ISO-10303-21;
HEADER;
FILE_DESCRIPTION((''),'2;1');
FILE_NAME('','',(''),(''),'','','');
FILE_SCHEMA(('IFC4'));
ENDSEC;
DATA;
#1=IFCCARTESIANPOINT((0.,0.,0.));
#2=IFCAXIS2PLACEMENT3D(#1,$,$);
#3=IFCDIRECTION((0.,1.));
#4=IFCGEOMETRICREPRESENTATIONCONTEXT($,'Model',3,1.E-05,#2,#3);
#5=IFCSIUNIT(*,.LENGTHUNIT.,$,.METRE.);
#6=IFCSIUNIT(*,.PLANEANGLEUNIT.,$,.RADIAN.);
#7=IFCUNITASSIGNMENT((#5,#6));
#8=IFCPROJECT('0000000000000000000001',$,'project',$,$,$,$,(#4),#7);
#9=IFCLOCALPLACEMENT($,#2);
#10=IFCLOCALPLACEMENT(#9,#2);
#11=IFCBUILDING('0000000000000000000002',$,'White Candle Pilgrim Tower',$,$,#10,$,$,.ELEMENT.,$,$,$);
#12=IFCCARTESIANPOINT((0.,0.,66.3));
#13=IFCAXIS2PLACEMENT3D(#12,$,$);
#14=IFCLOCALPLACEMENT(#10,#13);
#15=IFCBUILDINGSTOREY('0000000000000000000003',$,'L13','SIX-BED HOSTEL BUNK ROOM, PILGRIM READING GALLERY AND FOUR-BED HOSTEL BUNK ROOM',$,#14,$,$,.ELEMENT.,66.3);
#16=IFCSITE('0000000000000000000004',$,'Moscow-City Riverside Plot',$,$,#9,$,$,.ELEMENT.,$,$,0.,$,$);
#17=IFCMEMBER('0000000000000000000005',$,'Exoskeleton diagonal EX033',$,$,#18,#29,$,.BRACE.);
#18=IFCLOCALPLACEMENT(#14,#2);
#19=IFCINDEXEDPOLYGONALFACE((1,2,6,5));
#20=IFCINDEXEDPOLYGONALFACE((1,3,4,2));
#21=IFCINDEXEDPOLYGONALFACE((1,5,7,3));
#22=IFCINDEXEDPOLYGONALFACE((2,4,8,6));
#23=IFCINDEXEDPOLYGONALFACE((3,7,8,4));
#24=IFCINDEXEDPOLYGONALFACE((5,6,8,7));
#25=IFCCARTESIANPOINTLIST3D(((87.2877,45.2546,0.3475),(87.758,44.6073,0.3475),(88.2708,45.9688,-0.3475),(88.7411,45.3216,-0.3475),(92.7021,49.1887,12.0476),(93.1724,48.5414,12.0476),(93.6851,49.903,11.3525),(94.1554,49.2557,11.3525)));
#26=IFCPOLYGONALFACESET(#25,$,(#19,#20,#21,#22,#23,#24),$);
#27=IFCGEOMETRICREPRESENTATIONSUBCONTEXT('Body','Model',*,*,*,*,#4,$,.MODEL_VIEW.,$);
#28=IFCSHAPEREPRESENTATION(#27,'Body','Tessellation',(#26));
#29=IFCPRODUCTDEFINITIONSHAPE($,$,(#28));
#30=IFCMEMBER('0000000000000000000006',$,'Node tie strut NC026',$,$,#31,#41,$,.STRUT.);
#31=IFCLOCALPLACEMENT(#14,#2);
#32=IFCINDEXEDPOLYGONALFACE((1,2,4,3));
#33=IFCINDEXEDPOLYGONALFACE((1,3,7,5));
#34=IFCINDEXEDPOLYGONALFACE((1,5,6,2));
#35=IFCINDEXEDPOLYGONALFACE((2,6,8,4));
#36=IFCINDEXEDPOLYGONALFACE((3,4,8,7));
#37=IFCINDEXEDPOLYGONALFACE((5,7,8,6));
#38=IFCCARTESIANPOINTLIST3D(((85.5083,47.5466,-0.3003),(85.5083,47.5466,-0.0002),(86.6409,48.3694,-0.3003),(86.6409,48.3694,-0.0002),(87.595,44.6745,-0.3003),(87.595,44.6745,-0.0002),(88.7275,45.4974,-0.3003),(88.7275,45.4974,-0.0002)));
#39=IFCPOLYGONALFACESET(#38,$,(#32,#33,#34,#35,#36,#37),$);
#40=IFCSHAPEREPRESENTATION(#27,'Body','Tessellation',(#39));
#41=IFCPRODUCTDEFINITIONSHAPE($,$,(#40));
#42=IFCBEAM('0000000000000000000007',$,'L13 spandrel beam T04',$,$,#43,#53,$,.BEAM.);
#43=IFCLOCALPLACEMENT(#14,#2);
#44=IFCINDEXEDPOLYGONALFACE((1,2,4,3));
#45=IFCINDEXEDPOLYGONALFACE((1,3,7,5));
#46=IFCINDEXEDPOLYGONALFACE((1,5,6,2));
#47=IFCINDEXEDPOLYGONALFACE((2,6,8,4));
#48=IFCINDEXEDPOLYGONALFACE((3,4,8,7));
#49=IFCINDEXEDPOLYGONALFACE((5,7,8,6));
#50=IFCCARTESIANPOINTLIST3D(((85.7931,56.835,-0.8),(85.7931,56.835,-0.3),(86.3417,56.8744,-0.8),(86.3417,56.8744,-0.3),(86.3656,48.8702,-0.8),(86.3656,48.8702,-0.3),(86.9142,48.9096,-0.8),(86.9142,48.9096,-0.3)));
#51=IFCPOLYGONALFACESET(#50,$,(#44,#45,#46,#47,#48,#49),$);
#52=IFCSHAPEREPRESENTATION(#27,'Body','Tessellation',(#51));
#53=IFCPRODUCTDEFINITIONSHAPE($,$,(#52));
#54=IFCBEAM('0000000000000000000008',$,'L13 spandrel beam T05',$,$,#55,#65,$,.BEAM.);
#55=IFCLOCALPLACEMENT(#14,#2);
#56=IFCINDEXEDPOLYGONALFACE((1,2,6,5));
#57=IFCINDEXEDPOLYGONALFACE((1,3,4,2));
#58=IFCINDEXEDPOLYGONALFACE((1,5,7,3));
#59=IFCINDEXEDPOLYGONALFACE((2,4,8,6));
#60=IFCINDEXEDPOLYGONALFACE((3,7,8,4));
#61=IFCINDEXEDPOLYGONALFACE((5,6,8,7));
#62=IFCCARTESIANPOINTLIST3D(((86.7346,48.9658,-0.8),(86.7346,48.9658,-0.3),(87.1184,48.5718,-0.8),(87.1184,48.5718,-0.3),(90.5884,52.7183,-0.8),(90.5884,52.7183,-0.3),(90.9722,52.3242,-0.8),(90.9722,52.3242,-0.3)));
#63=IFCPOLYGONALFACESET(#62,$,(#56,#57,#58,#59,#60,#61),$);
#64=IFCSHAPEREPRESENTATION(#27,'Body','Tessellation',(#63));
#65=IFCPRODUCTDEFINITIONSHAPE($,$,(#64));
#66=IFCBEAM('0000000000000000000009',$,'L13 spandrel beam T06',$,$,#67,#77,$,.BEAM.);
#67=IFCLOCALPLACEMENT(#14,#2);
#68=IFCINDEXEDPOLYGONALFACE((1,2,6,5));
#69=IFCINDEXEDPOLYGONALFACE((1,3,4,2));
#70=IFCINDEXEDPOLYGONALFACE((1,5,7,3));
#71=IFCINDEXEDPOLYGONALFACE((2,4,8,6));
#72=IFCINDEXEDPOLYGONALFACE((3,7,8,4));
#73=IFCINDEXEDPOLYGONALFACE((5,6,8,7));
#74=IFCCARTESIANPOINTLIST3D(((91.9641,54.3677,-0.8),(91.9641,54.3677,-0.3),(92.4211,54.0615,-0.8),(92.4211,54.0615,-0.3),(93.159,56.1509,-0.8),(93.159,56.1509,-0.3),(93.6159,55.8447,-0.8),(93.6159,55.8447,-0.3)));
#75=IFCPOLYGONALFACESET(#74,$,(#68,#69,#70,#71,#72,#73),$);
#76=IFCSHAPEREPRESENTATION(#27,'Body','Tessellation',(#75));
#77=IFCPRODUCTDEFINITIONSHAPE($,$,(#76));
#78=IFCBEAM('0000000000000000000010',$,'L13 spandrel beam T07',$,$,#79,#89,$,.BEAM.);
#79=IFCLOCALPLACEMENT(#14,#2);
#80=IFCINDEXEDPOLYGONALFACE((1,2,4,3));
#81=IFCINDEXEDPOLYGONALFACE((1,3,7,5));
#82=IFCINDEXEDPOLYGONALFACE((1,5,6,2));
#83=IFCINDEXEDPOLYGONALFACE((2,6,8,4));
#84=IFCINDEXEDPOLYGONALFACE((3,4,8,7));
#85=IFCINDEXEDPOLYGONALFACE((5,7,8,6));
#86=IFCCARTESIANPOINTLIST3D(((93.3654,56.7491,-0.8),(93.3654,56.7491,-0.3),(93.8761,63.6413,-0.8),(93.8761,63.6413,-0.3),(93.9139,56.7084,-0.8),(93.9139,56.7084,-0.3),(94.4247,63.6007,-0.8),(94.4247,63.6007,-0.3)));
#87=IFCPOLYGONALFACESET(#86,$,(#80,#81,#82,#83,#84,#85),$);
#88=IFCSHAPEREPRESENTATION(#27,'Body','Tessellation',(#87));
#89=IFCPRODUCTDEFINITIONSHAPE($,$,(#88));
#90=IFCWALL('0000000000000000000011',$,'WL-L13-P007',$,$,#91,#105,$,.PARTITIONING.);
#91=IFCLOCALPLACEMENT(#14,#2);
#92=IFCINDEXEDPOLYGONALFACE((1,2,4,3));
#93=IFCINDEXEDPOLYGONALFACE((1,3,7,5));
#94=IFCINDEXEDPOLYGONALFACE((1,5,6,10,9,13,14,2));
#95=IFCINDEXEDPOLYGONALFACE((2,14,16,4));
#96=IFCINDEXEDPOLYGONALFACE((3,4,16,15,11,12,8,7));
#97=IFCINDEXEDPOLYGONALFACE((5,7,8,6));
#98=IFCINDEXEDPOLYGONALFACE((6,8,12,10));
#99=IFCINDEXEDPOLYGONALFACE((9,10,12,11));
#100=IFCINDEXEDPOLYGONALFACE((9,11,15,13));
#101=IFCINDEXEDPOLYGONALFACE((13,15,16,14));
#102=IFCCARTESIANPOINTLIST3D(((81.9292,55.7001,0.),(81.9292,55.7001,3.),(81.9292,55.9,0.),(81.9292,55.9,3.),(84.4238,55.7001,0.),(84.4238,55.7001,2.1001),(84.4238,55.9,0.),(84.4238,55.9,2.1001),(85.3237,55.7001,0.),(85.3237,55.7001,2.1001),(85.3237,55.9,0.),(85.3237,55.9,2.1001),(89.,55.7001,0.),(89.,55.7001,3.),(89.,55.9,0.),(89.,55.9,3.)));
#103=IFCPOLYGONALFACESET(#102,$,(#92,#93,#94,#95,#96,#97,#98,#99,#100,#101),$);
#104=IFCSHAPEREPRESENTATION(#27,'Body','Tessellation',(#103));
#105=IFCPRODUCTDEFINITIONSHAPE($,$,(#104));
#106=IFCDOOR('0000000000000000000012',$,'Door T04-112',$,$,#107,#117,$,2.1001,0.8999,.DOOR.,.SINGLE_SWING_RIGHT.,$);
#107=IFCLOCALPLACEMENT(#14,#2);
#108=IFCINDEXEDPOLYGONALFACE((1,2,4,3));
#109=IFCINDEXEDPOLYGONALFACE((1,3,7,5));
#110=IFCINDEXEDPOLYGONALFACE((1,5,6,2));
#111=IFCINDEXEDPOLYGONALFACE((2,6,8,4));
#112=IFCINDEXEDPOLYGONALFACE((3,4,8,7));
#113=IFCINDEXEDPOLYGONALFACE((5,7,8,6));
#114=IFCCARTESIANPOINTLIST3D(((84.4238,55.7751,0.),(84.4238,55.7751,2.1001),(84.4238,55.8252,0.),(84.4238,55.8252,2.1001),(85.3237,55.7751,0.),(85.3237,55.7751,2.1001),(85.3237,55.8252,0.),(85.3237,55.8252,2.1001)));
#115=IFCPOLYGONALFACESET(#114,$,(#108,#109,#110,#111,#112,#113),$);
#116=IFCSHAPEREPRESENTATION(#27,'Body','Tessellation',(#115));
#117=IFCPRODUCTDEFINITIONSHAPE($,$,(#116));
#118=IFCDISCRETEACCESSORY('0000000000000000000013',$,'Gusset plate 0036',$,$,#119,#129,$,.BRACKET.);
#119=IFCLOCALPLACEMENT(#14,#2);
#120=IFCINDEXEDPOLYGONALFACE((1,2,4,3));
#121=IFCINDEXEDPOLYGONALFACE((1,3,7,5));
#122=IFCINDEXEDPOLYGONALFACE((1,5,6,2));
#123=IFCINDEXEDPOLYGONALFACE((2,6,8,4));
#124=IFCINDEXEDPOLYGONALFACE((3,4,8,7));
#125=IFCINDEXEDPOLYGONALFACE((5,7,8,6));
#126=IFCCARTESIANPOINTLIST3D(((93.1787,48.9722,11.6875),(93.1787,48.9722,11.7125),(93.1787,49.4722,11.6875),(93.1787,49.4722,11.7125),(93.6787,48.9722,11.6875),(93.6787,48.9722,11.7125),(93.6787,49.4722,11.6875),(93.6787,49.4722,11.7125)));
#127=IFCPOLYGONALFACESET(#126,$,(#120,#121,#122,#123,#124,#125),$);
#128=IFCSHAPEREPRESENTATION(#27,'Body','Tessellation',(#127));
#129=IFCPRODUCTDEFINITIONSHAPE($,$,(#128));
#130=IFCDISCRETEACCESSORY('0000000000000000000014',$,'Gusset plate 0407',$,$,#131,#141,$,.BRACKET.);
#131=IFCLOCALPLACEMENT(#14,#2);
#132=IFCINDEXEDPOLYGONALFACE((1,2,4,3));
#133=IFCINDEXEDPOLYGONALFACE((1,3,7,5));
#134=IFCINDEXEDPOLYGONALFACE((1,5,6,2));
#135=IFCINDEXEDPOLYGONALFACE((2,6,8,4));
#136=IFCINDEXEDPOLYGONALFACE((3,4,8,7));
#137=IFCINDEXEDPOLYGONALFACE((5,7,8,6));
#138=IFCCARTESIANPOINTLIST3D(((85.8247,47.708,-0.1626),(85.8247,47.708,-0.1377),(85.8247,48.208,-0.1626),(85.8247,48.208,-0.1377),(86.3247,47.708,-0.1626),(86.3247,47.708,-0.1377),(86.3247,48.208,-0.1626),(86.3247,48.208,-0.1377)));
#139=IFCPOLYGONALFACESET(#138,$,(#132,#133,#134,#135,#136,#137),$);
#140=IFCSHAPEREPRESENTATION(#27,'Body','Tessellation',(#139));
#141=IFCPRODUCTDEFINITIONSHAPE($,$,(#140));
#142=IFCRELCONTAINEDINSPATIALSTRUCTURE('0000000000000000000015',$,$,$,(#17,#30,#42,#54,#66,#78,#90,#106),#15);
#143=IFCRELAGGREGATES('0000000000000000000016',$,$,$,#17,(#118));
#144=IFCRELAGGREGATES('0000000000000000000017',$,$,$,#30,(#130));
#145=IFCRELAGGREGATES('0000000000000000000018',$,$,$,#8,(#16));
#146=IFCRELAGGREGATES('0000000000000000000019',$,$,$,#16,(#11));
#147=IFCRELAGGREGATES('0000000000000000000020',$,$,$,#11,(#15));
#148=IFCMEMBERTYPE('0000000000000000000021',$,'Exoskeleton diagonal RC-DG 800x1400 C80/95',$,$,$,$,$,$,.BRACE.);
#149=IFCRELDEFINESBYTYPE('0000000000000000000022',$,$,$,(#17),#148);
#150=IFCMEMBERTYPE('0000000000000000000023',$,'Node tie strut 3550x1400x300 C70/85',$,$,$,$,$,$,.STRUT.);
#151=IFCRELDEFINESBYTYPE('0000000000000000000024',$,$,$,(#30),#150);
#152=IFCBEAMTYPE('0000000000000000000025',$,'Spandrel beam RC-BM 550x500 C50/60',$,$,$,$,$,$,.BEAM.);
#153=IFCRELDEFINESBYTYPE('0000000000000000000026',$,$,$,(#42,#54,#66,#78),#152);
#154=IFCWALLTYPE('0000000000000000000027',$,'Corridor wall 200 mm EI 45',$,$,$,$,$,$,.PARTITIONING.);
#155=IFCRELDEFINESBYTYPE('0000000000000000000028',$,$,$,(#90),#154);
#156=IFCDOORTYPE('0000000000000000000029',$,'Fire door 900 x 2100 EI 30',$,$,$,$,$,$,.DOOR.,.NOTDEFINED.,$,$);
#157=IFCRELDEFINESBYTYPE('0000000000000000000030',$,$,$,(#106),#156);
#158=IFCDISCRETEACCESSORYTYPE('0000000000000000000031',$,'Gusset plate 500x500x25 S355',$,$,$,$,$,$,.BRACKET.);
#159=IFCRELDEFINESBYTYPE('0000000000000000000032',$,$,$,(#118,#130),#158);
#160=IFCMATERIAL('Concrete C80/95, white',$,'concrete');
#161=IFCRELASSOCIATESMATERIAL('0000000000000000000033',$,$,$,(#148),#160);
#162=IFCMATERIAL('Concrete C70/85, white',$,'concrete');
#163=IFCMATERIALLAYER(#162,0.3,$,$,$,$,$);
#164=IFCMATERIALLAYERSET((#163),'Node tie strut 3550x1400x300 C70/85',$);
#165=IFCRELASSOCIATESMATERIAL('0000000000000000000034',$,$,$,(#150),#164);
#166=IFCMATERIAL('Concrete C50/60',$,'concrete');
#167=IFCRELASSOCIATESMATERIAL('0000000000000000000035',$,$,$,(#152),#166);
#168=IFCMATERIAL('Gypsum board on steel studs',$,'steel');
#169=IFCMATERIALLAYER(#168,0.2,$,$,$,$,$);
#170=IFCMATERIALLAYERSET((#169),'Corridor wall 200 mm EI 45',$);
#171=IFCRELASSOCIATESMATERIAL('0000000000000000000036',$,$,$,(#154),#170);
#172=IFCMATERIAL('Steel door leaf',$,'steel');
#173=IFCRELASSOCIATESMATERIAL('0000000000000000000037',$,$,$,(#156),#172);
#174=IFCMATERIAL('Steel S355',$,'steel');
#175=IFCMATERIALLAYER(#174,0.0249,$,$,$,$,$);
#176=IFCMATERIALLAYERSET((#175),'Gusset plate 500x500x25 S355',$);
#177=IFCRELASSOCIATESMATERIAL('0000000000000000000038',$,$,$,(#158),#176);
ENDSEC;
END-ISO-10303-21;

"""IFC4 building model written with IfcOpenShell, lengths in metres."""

from ifc_helpers import new_model, si_unit, direction, frame, frame_2d, origin, origin_2d, place, context, subcontext, project, spatial, rectangle, extrude, material, layer, layer_set, material_profile, profile_set, type_object, element, fill, aggregate, save


model = new_model("IFC4")

# Units and contexts
model_context = context("Model", 3, precision=1e-05, world=origin(), true_north=direction((0.0, 1.0)))
body_context = subcontext(model_context, "Body", "Model", "MODEL_VIEW")
ifc_project = project(units=[si_unit("LENGTHUNIT", "METRE"), si_unit("PLANEANGLEUNIT", "RADIAN")], contexts=[model_context])

# Site, building, storey
site_placement = place(None, origin())
site = spatial("IfcSite", under=ifc_project, at=site_placement, Name="Moscow-City Riverside Plot", CompositionType="ELEMENT", RefElevation=0.0)
building_placement = place(site_placement, origin())
building = spatial("IfcBuilding", under=site, at=building_placement, Name="White Candle Pilgrim Tower", CompositionType="ELEMENT")
storey_placement = place(building_placement, frame((0.0, 0.0, 66.3)))
storey = spatial("IfcBuildingStorey", under=building, at=storey_placement, Name="L13", Description="SIX-BED HOSTEL BUNK ROOM, PILGRIM READING GALLERY AND FOUR-BED HOSTEL BUNK ROOM", CompositionType="ELEMENT", Elevation=66.3)

# Members
ifc_material_1 = material(Name="Concrete C80/95, white", Category="concrete")
ifc_material_profile_1 = material_profile(ifc_material_1, rectangle(XDim=0.8, YDim=1.3999, at=origin_2d()), Name="RC-DG 800x1400")
ifc_profile_set_1 = profile_set([ifc_material_profile_1], Name="Concrete C80/95, white")
member_type_1 = type_object("IfcMemberType", Name="Exoskeleton diagonal RC-DG 800x1400 C80/95", PredefinedType="BRACE", material=ifc_profile_set_1)
member_1_placement = place(storey_placement, frame((88.0144, 45.2881, 0.0), z_axis=(0.401688, 0.29187, 0.86802), x_axis=(-0.58782, 0.808992, 0.0)))
member_1 = element("IfcMember", 1, at=member_1_placement, inside=storey, type_object=member_type_1, Name="Exoskeleton diagonal EX033", PredefinedType="BRACE", context=body_context, shape_type="SweptSolid", body=[
    extrude(rectangle(XDim=0.8, YDim=1.3999, at=origin_2d()), origin(), (0.0, 0.0, 1.0), 13.479),
])
ifc_material_2 = material(Name="Concrete C70/85, white", Category="concrete")
ifc_layer_1 = layer(ifc_material_2, 0.3)
ifc_layer_set_1 = layer_set([ifc_layer_1], Name="Node tie strut 3550x1400x300 C70/85")
member_type_2 = type_object("IfcMemberType", Name="Node tie strut 3550x1400x300 C70/85", PredefinedType="STRUT", material=ifc_layer_set_1)
member_2_placement = place(storey_placement, frame((87.1179, 46.522, -0.3003), z_axis=(0.0, 0.0, 1.0), x_axis=(0.809017, 0.587785, 0.0)))
member_2 = element("IfcMember", 2, at=member_2_placement, inside=storey, type_object=member_type_2, Name="Node tie strut NC026", PredefinedType="STRUT", context=body_context, shape_type="SweptSolid", body=[
    extrude(rectangle(XDim=1.3999, YDim=3.55, at=origin_2d()), origin(), (0.0, 0.0, 1.0), 0.3),
])

# Beams
ifc_material_3 = material(Name="Concrete C50/60", Category="concrete")
ifc_material_profile_2 = material_profile(ifc_material_3, rectangle(XDim=0.55, YDim=0.5, at=origin_2d()), Name="RC-BM 550x500")
ifc_profile_set_2 = profile_set([ifc_material_profile_2], Name="Concrete C50/60")
beam_type = type_object("IfcBeamType", Name="Spandrel beam RC-BM 550x500 C50/60", PredefinedType="BEAM", material=ifc_profile_set_2)
beam_1_placement = place(storey_placement, frame((86.6399, 48.8899, -0.55), z_axis=(-0.071695, 0.997427, 0.0), x_axis=(-0.997427, -0.071695, 0.0)))
element("IfcBeam", 3, at=beam_1_placement, inside=storey, type_object=beam_type, Name="L13 spandrel beam T04", PredefinedType="BEAM", context=body_context, shape_type="SweptSolid", body=[
    extrude(rectangle(XDim=0.55, YDim=0.5, at=origin_2d()), origin(), (0.0, 0.0, 1.0), 7.9854),
])
beam_2_placement = place(storey_placement, frame((86.9265, 48.7688, -0.55), z_axis=(0.716462, 0.697626, 0.0), x_axis=(-0.697626, 0.716462, 0.0)))
element("IfcBeam", 4, at=beam_2_placement, inside=storey, type_object=beam_type, Name="L13 spandrel beam T05", PredefinedType="BEAM", context=body_context, shape_type="SweptSolid", body=[
    extrude(rectangle(XDim=0.55, YDim=0.5, at=origin_2d()), origin(), (0.0, 0.0, 1.0), 5.3789),
])
beam_3_placement = place(storey_placement, frame((92.1926, 54.2146, -0.55), z_axis=(0.556641, 0.830753, 0.0), x_axis=(-0.830753, 0.556641, 0.0)))
element("IfcBeam", 5, at=beam_3_placement, inside=storey, type_object=beam_type, Name="L13 spandrel beam T06", PredefinedType="BEAM", context=body_context, shape_type="SweptSolid", body=[
    extrude(rectangle(XDim=0.55, YDim=0.5, at=origin_2d()), origin(), (0.0, 0.0, 1.0), 2.1465),
])
beam_4_placement = place(storey_placement, frame((93.6396, 56.7288, -0.55), z_axis=(0.0739, 0.997266, 0.0), x_axis=(-0.997266, 0.0739, 0.0)))
element("IfcBeam", 6, at=beam_4_placement, inside=storey, type_object=beam_type, Name="L13 spandrel beam T07", PredefinedType="BEAM", context=body_context, shape_type="SweptSolid", body=[
    extrude(rectangle(XDim=0.55, YDim=0.5, at=origin_2d()), origin(), (0.0, 0.0, 1.0), 6.9111),
])

# Wall, opening, door
ifc_material_4 = material(Name="Gypsum board on steel studs", Category="steel")
ifc_layer_2 = layer(ifc_material_4, 0.2)
ifc_layer_set_2 = layer_set([ifc_layer_2], Name="Corridor wall 200 mm EI 45")
wall_type_1 = type_object("IfcWallType", Name="Corridor wall 200 mm EI 45", PredefinedType="PARTITIONING", material=ifc_layer_set_2)
wall_1_placement = place(storey_placement, frame((89.0, 55.8, 0.0), z_axis=(0.0, 0.0, 1.0), x_axis=(-1.0, 0.0, 0.0)))
wall_1 = element("IfcWall", 7, at=wall_1_placement, inside=storey, type_object=wall_type_1, Name="WL-L13-P007", PredefinedType="PARTITIONING", context=body_context, shape_type="SweptSolid", body=[
    extrude(rectangle(XDim=7.0708, YDim=0.2, at=frame_2d((3.5354, 0.0))), origin(), (0.0, 0.0, 1.0), 3.0),
])
opening_1_placement = place(wall_1_placement, frame((3.6763, 0.0, 0.0)))
opening_1 = element("IfcOpeningElement", 8, at=opening_1_placement, cuts=wall_1, PredefinedType="OPENING", context=body_context, shape_type="SweptSolid", body=[
    extrude(rectangle(XDim=0.8999, YDim=2.1001, at=frame_2d((0.45, 1.05))), frame((0.0, 0.1099, 0.0), z_axis=(0.0, -1.0, 0.0), x_axis=(1.0, 0.0, 0.0)), (0.0, 0.0, 1.0), 0.22),
])
ifc_material_5 = material(Name="Steel door leaf", Category="steel")
door_type = type_object("IfcDoorType", Name="Fire door 900 x 2100 EI 30", OperationType="NOTDEFINED", PredefinedType="DOOR", material=ifc_material_5)
door_placement = place(opening_1_placement, origin())
door = element("IfcDoor", 9, at=door_placement, inside=storey, type_object=door_type, Name="Door T04-112", OperationType="SINGLE_SWING_RIGHT", OverallHeight=2.1001, OverallWidth=0.8999, PredefinedType="DOOR", context=body_context, shape_type="SweptSolid", body=[
    extrude(rectangle(XDim=0.8999, YDim=2.1001, at=frame_2d((0.45, 1.05))), frame((0.0, 0.0249, 0.0), z_axis=(0.0, -1.0, 0.0), x_axis=(1.0, 0.0, 0.0)), (0.0, 0.0, 1.0), 0.05),
])
fill(opening_1, door)

# Discrete accessories
ifc_material_6 = material(Name="Steel S355", Category="steel")
ifc_layer_3 = layer(ifc_material_6, 0.0249)
ifc_layer_set_3 = layer_set([ifc_layer_3], Name="Gusset plate 500x500x25 S355")
discrete_accessory_type = type_object("IfcDiscreteAccessoryType", Name="Gusset plate 500x500x25 S355", PredefinedType="BRACKET", material=ifc_layer_set_3)
placement = place(building_placement, frame((0.0, 0.0, 78.0)))
discrete_accessory_1_placement = place(placement, frame((93.4287, 49.2222, -0.0125), z_axis=(0.0, 0.0, 1.0), x_axis=(1.0, 0.0, 0.0)))
discrete_accessory_1 = element("IfcDiscreteAccessory", 10, at=discrete_accessory_1_placement, type_object=discrete_accessory_type, Name="Gusset plate 0036", PredefinedType="BRACKET", context=body_context, shape_type="SweptSolid", body=[
    extrude(rectangle(XDim=0.5, YDim=0.5, at=origin_2d()), origin(), (0.0, 0.0, 1.0), 0.0249),
])
aggregate(member_1, [discrete_accessory_1])
discrete_accessory_2_placement = place(storey_placement, frame((86.0747, 47.958, -0.1626), z_axis=(0.0, 0.0, 1.0), x_axis=(1.0, 0.0, 0.0)))
discrete_accessory_2 = element("IfcDiscreteAccessory", 11, at=discrete_accessory_2_placement, type_object=discrete_accessory_type, Name="Gusset plate 0407", PredefinedType="BRACKET", context=body_context, shape_type="SweptSolid", body=[
    extrude(rectangle(XDim=0.5, YDim=0.5, at=origin_2d()), origin(), (0.0, 0.0, 1.0), 0.0249),
])
aggregate(member_2, [discrete_accessory_2])

save(model, "model.ifc")
